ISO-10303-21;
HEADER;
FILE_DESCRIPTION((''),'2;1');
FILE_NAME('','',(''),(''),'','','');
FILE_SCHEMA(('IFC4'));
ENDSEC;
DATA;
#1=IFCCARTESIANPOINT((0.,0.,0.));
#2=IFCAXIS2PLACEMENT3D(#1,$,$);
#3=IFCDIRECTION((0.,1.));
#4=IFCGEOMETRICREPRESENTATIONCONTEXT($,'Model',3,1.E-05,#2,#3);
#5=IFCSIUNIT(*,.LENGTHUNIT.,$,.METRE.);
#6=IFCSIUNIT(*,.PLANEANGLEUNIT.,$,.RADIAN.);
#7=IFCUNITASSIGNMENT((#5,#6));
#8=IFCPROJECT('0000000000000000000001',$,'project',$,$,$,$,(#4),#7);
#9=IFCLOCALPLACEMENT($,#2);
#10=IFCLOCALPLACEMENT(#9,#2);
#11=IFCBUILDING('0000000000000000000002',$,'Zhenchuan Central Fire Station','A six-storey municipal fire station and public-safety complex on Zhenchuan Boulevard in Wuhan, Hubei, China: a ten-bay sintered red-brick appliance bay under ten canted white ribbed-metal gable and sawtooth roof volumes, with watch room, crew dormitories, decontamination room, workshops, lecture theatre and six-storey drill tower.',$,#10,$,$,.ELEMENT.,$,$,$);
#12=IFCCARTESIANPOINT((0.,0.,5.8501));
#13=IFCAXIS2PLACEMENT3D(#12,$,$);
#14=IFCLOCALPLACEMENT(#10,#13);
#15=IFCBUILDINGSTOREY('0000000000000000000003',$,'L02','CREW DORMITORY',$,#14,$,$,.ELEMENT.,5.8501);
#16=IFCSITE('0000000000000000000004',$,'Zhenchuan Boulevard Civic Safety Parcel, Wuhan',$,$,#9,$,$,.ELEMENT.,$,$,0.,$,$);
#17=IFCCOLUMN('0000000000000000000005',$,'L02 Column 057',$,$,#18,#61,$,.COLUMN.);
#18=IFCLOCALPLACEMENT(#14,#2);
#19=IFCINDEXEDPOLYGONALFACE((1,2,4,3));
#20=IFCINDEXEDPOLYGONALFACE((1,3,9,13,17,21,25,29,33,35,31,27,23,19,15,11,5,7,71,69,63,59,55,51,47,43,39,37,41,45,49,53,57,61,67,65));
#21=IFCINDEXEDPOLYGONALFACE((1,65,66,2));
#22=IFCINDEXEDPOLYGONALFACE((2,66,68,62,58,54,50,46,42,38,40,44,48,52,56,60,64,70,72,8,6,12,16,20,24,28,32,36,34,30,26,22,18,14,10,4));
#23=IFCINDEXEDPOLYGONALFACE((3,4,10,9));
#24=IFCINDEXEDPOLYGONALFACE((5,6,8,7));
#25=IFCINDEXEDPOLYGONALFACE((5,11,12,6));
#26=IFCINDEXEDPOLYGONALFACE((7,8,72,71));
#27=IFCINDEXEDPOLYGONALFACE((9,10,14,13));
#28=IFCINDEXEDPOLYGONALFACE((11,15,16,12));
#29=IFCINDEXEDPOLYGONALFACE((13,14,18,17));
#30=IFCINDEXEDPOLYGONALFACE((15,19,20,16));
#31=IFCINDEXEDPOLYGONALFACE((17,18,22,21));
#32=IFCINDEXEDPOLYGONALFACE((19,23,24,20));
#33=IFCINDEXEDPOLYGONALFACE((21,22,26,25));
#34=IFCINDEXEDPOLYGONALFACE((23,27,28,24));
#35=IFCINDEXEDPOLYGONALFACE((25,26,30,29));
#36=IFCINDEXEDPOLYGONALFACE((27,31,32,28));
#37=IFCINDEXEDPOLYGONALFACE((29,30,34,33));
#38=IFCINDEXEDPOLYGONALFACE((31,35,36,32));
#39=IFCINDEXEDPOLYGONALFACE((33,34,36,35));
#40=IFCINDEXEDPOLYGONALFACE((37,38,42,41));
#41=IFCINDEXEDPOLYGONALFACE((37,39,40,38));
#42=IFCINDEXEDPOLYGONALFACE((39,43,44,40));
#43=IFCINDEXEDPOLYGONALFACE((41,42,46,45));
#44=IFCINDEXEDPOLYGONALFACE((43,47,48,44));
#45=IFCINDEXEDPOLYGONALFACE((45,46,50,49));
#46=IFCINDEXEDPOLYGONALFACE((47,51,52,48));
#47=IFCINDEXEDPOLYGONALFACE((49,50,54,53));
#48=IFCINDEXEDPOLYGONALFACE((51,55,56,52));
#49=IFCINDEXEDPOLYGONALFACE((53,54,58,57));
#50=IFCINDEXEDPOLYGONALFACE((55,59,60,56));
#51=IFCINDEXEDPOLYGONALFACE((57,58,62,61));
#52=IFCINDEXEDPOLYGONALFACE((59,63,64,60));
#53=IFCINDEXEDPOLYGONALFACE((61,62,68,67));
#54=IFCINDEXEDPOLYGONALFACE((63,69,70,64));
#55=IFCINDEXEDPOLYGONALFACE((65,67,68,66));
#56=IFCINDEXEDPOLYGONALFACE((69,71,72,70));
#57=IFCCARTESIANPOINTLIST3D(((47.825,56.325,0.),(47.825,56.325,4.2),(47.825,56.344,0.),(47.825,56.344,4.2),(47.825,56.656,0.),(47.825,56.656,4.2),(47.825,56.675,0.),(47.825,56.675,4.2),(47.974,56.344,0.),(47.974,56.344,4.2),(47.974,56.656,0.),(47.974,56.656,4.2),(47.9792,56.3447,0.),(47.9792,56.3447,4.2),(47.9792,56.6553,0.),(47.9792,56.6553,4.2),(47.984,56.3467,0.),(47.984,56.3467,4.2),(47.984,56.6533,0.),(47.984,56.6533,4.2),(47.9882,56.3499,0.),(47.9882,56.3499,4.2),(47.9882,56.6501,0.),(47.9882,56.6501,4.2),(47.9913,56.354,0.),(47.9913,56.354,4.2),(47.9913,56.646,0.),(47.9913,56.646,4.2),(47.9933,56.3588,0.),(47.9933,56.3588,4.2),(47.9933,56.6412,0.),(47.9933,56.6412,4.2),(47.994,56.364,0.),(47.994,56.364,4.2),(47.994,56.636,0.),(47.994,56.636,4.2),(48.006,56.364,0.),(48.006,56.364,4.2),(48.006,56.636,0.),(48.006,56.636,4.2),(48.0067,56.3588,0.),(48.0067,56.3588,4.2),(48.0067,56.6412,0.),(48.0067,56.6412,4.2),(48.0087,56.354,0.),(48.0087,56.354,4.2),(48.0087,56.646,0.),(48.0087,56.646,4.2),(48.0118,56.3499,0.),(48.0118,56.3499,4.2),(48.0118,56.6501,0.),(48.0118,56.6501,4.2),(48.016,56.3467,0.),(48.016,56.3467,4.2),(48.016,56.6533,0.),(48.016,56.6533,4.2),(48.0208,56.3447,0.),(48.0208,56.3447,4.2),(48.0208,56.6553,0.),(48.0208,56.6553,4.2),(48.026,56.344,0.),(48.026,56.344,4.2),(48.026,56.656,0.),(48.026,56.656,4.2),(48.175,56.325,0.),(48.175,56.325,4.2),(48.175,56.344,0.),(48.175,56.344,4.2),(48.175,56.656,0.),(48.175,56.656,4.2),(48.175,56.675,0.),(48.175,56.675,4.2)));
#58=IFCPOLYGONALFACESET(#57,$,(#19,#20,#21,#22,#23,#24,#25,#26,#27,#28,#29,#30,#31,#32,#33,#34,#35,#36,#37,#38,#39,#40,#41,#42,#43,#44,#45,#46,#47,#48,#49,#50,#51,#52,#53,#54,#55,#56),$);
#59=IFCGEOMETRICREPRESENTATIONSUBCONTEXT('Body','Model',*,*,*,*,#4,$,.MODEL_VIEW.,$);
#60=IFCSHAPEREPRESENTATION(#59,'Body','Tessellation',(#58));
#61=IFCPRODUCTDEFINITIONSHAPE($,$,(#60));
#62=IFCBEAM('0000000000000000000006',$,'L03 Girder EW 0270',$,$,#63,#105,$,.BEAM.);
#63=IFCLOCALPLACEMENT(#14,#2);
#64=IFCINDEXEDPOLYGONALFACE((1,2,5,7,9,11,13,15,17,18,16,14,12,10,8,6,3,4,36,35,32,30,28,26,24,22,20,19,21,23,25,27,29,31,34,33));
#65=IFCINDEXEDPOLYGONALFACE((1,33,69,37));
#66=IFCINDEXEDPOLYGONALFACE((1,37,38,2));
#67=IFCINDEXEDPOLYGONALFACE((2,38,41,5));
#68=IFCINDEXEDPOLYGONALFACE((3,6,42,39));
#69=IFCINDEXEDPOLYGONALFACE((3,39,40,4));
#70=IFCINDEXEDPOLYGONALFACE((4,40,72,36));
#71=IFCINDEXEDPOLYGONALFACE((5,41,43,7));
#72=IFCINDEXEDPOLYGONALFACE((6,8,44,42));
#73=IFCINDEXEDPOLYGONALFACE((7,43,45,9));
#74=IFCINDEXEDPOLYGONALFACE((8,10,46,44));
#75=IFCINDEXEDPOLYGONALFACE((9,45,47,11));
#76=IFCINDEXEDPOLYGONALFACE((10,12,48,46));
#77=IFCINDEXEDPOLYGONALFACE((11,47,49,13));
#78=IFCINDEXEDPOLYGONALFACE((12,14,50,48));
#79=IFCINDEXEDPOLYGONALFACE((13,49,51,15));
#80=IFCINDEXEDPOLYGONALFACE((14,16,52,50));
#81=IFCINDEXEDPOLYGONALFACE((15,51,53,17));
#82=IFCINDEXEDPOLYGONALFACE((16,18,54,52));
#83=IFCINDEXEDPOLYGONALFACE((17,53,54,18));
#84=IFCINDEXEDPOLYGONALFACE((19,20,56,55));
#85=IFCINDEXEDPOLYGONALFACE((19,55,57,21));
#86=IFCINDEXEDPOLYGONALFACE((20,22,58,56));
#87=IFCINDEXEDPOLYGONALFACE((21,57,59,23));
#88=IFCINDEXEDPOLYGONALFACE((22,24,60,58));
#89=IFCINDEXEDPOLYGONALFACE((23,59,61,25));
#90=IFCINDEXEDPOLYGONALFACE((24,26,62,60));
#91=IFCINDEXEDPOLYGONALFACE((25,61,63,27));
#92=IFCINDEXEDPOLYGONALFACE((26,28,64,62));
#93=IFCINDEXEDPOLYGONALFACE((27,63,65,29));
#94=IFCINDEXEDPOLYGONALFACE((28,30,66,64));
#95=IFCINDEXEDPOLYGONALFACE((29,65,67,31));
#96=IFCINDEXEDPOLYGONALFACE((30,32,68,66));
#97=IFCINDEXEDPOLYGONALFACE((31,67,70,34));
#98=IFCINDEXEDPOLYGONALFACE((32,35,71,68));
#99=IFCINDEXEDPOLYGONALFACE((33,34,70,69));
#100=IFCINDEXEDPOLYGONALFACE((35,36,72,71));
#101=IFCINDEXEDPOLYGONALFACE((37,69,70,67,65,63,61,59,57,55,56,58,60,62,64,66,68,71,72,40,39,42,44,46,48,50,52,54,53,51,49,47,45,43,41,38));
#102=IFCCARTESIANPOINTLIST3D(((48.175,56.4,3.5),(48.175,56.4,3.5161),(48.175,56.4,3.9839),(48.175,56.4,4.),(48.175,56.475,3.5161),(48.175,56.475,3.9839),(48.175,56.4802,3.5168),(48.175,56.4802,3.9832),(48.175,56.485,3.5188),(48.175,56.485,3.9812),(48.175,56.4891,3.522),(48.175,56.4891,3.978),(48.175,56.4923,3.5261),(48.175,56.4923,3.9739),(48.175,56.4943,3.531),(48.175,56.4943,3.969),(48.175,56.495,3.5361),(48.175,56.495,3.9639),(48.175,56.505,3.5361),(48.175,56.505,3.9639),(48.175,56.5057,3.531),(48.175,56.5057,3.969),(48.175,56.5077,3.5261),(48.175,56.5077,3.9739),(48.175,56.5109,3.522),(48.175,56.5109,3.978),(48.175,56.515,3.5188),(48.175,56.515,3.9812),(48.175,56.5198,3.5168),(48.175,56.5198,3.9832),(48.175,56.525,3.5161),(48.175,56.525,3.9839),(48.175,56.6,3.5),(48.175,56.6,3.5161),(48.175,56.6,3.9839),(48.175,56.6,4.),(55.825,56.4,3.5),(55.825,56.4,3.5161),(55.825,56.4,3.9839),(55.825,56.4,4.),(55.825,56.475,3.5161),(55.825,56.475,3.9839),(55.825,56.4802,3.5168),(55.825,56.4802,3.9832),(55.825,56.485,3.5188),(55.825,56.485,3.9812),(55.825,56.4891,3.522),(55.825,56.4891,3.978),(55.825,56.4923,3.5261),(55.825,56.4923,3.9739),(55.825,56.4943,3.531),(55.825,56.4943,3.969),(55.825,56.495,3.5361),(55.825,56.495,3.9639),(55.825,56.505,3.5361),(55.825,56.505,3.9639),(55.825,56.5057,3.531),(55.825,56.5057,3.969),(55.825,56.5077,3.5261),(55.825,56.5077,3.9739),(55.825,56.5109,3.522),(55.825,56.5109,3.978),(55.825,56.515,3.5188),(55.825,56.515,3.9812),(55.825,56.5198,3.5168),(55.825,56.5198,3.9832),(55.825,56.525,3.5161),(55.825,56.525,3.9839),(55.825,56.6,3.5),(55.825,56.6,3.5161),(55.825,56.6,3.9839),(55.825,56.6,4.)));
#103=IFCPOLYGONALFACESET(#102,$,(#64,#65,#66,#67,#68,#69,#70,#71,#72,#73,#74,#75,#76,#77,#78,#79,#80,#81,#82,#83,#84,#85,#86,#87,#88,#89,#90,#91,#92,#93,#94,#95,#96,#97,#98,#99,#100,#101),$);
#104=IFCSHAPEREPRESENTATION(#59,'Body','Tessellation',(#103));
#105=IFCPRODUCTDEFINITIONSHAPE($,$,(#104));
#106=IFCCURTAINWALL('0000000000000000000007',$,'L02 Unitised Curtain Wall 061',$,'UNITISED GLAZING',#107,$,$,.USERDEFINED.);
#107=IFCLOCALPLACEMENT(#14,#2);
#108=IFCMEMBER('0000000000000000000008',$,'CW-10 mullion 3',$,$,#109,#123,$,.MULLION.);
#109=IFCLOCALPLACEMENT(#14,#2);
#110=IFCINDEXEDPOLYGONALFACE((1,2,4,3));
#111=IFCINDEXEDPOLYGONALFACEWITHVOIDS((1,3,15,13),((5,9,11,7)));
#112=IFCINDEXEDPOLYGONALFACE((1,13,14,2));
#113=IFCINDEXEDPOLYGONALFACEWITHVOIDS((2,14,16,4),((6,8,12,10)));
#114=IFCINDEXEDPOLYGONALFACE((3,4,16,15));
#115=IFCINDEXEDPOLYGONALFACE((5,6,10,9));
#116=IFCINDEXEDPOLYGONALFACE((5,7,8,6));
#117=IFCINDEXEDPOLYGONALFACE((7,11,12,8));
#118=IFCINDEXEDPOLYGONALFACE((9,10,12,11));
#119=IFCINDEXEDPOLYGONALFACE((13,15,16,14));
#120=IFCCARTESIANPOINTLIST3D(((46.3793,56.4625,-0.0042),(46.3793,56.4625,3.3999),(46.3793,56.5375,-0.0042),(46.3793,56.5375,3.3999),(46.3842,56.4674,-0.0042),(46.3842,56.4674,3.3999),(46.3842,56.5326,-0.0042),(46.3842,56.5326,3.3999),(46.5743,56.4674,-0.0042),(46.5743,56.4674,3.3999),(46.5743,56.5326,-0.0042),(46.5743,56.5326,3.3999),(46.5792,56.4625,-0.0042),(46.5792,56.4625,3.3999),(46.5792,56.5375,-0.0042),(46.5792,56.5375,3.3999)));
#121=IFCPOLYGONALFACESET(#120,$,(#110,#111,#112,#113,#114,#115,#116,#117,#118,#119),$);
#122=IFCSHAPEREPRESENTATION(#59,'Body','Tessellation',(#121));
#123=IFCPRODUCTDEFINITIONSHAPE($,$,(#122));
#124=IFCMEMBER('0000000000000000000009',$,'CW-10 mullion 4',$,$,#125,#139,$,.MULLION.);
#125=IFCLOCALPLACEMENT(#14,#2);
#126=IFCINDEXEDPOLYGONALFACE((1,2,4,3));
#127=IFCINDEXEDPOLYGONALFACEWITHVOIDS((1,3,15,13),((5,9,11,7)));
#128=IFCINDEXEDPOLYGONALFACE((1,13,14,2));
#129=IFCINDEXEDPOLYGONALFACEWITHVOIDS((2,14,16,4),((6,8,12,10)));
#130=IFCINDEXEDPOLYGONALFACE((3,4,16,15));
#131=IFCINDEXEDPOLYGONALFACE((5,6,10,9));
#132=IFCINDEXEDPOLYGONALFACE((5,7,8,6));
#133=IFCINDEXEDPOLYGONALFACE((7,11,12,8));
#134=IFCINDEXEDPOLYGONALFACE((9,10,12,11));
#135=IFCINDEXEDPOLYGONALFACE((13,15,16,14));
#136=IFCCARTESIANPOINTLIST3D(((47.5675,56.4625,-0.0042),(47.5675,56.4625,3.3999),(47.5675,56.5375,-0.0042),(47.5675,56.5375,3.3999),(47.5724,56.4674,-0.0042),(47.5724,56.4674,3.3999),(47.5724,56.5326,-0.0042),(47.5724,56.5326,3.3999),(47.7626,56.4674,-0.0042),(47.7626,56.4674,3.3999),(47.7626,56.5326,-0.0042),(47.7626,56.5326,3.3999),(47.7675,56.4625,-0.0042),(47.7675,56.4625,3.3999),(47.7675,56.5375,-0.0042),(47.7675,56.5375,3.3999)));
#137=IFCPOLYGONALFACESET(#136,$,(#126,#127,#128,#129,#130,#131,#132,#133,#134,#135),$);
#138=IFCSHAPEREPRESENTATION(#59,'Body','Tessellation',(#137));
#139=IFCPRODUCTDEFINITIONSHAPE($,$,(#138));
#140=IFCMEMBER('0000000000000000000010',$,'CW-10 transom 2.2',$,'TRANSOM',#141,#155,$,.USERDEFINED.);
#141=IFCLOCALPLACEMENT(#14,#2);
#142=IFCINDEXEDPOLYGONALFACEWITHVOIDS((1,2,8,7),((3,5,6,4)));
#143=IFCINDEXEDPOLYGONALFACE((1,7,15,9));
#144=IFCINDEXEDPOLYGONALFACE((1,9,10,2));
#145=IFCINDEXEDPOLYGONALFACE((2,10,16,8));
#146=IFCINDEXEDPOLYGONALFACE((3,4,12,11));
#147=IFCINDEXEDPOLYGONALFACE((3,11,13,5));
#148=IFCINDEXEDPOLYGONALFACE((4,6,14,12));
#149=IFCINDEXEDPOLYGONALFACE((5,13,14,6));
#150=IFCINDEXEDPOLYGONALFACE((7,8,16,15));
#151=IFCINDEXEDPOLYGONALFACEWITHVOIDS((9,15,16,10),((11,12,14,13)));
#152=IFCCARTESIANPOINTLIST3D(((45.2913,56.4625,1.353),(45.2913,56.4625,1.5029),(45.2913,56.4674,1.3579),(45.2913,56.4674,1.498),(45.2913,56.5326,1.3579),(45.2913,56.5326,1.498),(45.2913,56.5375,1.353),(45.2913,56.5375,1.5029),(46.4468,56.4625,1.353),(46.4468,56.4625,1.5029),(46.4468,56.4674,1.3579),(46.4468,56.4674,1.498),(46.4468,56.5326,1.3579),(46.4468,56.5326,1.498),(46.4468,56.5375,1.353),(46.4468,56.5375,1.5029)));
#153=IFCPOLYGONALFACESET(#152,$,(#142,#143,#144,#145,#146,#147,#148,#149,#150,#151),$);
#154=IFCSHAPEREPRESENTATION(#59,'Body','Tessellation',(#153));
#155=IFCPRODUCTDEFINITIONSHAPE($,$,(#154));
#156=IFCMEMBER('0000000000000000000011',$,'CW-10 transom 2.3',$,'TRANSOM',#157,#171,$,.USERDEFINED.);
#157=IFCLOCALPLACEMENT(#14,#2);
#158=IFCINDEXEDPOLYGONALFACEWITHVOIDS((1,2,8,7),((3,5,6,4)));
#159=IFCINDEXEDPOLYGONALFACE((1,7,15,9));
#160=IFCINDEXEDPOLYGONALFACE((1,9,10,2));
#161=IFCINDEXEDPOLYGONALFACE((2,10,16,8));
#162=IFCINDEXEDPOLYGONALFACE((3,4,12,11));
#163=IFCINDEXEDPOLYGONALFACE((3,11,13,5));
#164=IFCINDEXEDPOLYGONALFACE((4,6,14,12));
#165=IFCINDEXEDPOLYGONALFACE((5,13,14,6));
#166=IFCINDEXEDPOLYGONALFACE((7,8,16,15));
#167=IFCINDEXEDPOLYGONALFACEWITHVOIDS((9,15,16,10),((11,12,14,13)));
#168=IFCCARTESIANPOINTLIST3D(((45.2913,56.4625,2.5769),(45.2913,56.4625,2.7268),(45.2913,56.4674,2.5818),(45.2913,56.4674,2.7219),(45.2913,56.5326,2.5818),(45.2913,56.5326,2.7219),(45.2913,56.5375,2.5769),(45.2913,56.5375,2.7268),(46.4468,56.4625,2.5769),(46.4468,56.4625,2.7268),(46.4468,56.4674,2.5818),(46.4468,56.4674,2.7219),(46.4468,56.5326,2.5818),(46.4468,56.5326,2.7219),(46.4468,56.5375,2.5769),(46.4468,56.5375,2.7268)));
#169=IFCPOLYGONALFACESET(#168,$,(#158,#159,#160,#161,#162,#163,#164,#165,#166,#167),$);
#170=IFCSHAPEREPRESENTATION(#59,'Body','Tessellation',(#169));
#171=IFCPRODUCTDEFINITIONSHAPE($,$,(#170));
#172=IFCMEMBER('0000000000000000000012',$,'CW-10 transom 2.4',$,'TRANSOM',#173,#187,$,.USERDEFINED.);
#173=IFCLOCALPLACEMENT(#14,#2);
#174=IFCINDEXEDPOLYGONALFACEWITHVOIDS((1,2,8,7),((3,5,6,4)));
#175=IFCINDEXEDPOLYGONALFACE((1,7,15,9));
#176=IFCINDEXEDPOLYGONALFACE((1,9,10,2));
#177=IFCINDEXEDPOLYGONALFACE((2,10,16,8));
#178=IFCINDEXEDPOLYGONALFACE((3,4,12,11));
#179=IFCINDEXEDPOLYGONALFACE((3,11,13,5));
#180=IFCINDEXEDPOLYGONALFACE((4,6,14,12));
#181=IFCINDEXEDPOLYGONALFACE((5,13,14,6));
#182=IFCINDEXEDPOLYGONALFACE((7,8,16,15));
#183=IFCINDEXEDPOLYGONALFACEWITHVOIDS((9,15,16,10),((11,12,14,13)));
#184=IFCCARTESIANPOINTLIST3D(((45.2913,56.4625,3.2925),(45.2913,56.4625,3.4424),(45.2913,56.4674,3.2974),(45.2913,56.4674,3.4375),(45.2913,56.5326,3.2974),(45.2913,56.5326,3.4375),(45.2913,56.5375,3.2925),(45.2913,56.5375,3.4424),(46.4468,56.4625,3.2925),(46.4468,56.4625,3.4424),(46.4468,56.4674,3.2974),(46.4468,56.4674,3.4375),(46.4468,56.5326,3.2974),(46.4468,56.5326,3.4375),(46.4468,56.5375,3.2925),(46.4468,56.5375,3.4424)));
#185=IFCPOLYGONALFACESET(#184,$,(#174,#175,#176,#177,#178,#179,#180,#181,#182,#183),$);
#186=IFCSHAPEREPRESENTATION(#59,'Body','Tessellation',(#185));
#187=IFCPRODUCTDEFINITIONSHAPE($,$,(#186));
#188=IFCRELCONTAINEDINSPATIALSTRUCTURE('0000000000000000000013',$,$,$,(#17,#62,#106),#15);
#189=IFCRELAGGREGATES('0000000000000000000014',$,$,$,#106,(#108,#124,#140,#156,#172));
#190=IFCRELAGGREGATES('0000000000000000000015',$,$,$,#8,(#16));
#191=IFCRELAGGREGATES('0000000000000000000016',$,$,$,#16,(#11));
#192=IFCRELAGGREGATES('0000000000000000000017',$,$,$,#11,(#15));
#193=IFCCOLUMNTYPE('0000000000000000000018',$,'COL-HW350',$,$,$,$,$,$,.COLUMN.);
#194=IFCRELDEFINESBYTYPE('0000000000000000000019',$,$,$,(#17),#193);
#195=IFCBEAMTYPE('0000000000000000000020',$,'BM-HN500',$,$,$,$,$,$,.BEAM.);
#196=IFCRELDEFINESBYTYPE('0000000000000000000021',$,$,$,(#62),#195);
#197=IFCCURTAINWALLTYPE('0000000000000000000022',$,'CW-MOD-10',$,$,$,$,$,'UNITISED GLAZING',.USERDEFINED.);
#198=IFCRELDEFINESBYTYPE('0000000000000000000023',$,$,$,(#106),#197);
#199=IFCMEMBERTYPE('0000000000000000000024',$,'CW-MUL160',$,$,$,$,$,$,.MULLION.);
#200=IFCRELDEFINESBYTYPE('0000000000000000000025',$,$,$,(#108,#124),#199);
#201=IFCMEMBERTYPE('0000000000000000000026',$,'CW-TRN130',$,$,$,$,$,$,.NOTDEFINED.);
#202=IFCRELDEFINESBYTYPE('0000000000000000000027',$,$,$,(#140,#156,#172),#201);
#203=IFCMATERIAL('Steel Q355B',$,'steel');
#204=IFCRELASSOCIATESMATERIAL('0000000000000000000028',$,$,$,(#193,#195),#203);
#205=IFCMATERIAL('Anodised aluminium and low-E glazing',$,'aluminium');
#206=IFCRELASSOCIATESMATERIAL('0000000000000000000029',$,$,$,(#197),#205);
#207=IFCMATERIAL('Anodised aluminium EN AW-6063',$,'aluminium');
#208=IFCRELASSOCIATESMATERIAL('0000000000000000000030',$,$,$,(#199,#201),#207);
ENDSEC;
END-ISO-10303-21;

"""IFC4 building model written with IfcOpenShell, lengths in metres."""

from ifc_helpers import new_model, si_unit, direction, frame, origin, origin_2d, place, context, subcontext, project, spatial, hollow_rectangle, i_section, extrude, material, material_profile, profile_set, type_object, element, aggregate, save


model = new_model("IFC4")

# Units and contexts
model_context = context("Model", 3, precision=1e-05, world=origin(), true_north=direction((0.0, 1.0)))
body_context = subcontext(model_context, "Body", "Model", "MODEL_VIEW")
ifc_project = project(units=[si_unit("LENGTHUNIT", "METRE"), si_unit("PLANEANGLEUNIT", "RADIAN")], contexts=[model_context])

# Site, building, storey
site_placement = place(None, origin())
site = spatial("IfcSite", under=ifc_project, at=site_placement, Name="Zhenchuan Boulevard Civic Safety Parcel, Wuhan", CompositionType="ELEMENT", RefElevation=0.0)
building_placement = place(site_placement, origin())
building = spatial("IfcBuilding", under=site, at=building_placement, Name="Zhenchuan Central Fire Station", Description="A six-storey municipal fire station and public-safety complex on Zhenchuan Boulevard in Wuhan, Hubei, China: a ten-bay sintered red-brick appliance bay under ten canted white ribbed-metal gable and sawtooth roof volumes, with watch room, crew dormitories, decontamination room, workshops, lecture theatre and six-storey drill tower.", CompositionType="ELEMENT")
storey_placement = place(building_placement, frame((0.0, 0.0, 5.8501)))
storey = spatial("IfcBuildingStorey", under=building, at=storey_placement, Name="L02", Description="CREW DORMITORY", CompositionType="ELEMENT", Elevation=5.8501)

# Column
ifc_material_1 = material(Name="Steel Q355B", Category="steel")
ifc_material_profile_1 = material_profile(ifc_material_1, i_section(OverallWidth=0.3501, OverallDepth=0.3501, WebThickness=0.012, FlangeThickness=0.019, FilletRadius=0.02, at=origin_2d()), Name="HW 350x350")
ifc_profile_set_1 = profile_set([ifc_material_profile_1], Name="Steel Q355B")
column_type = type_object("IfcColumnType", Name="COL-HW350", PredefinedType="COLUMN", material=ifc_profile_set_1)
column_placement = place(storey_placement, frame((48.0, 56.5, 0.0), z_axis=(0.0, 0.0, 1.0), x_axis=(1.0, 0.0, 0.0)))
element("IfcColumn", 1, at=column_placement, inside=storey, type_object=column_type, Name="L02 Column 057", PredefinedType="COLUMN", context=body_context, shape_type="SweptSolid", body=[
    extrude(i_section(OverallWidth=0.3501, OverallDepth=0.3501, WebThickness=0.012, FlangeThickness=0.019, FilletRadius=0.02, at=origin_2d()), origin(), (0.0, 0.0, 1.0), 4.2),
])

# Beam
ifc_material_profile_2 = material_profile(ifc_material_1, i_section(OverallWidth=0.2, OverallDepth=0.5, WebThickness=0.01, FlangeThickness=0.0161, FilletRadius=0.02, at=origin_2d()), Name="HN 500x200")
ifc_profile_set_2 = profile_set([ifc_material_profile_2], Name="Steel Q355B")
beam_type = type_object("IfcBeamType", Name="BM-HN500", PredefinedType="BEAM", material=ifc_profile_set_2)
beam_placement = place(storey_placement, frame((48.175, 56.5, 3.75), z_axis=(1.0, 0.0, 0.0), x_axis=(0.0, 1.0, 0.0)))
element("IfcBeam", 2, at=beam_placement, inside=storey, type_object=beam_type, Name="L03 Girder EW 0270", PredefinedType="BEAM", context=body_context, shape_type="SweptSolid", body=[
    extrude(i_section(OverallWidth=0.2, OverallDepth=0.5, WebThickness=0.01, FlangeThickness=0.0161, FilletRadius=0.02, at=origin_2d()), origin(), (0.0, 0.0, 1.0), 7.6499),
])

# Curtain wall, members
ifc_material_2 = material(Name="Anodised aluminium and low-E glazing", Category="aluminium")
curtain_wall_type = type_object("IfcCurtainWallType", Name="CW-MOD-10", ElementType="UNITISED GLAZING", PredefinedType="USERDEFINED", material=ifc_material_2)
curtain_wall_placement = place(storey_placement, origin())
curtain_wall = element("IfcCurtainWall", 3, at=curtain_wall_placement, inside=storey, type_object=curtain_wall_type, Name="L02 Unitised Curtain Wall 061", ObjectType="UNITISED GLAZING", PredefinedType="USERDEFINED")
ifc_material_3 = material(Name="Anodised aluminium EN AW-6063", Category="aluminium")
ifc_material_profile_3 = material_profile(ifc_material_3, hollow_rectangle(XDim=0.075, YDim=0.2, WallThickness=0.0049, at=origin_2d()), Name="ALU-M 200x75")
ifc_profile_set_3 = profile_set([ifc_material_profile_3], Name="Anodised aluminium EN AW-6063")
member_type_1 = type_object("IfcMemberType", Name="CW-MUL160", PredefinedType="MULLION", material=ifc_profile_set_3)
member_1_placement = place(storey_placement, frame((46.4792, 56.5, -0.0042), z_axis=(0.0, 0.0, 1.0), x_axis=(0.0, 1.0, 0.0)))
member_1 = element("IfcMember", 4, at=member_1_placement, type_object=member_type_1, Name="CW-10 mullion 3", PredefinedType="MULLION", context=body_context, shape_type="SweptSolid", body=[
    extrude(hollow_rectangle(XDim=0.075, YDim=0.2, WallThickness=0.0049, at=origin_2d()), origin(), (0.0, 0.0, 1.0), 3.4041),
])
member_2_placement = place(storey_placement, frame((47.6675, 56.5, -0.0042), z_axis=(0.0, 0.0, 1.0), x_axis=(0.0, 1.0, 0.0)))
member_2 = element("IfcMember", 5, at=member_2_placement, type_object=member_type_1, Name="CW-10 mullion 4", PredefinedType="MULLION", context=body_context, shape_type="SweptSolid", body=[
    extrude(hollow_rectangle(XDim=0.075, YDim=0.2, WallThickness=0.0049, at=origin_2d()), origin(), (0.0, 0.0, 1.0), 3.4041),
])
ifc_material_profile_4 = material_profile(ifc_material_3, hollow_rectangle(XDim=0.075, YDim=0.1499, WallThickness=0.0049, at=origin_2d()), Name="ALU-T 150x75")
ifc_profile_set_4 = profile_set([ifc_material_profile_4], Name="Anodised aluminium EN AW-6063")
member_type_2 = type_object("IfcMemberType", Name="CW-TRN130", PredefinedType="NOTDEFINED", material=ifc_profile_set_4)
member_3_placement = place(storey_placement, frame((45.2913, 56.5, 1.428), z_axis=(1.0, 0.0, 0.0), x_axis=(0.0, 1.0, 0.0)))
member_3 = element("IfcMember", 6, at=member_3_placement, type_object=member_type_2, Name="CW-10 transom 2.2", ObjectType="TRANSOM", PredefinedType="USERDEFINED", context=body_context, shape_type="SweptSolid", body=[
    extrude(hollow_rectangle(XDim=0.075, YDim=0.1499, WallThickness=0.0049, at=origin_2d()), origin(), (0.0, 0.0, 1.0), 1.1555),
])
member_4_placement = place(storey_placement, frame((45.2913, 56.5, 2.6519), z_axis=(1.0, 0.0, 0.0), x_axis=(0.0, 1.0, 0.0)))
member_4 = element("IfcMember", 7, at=member_4_placement, type_object=member_type_2, Name="CW-10 transom 2.3", ObjectType="TRANSOM", PredefinedType="USERDEFINED", context=body_context, shape_type="SweptSolid", body=[
    extrude(hollow_rectangle(XDim=0.075, YDim=0.1499, WallThickness=0.0049, at=origin_2d()), origin(), (0.0, 0.0, 1.0), 1.1555),
])
member_5_placement = place(storey_placement, frame((45.2913, 56.5, 3.3674), z_axis=(1.0, 0.0, 0.0), x_axis=(0.0, 1.0, 0.0)))
member_5 = element("IfcMember", 8, at=member_5_placement, type_object=member_type_2, Name="CW-10 transom 2.4", ObjectType="TRANSOM", PredefinedType="USERDEFINED", context=body_context, shape_type="SweptSolid", body=[
    extrude(hollow_rectangle(XDim=0.075, YDim=0.1499, WallThickness=0.0049, at=origin_2d()), origin(), (0.0, 0.0, 1.0), 1.1555),
])
aggregate(curtain_wall, [member_1, member_2, member_3, member_4, member_5])

save(model, "model.ifc")
